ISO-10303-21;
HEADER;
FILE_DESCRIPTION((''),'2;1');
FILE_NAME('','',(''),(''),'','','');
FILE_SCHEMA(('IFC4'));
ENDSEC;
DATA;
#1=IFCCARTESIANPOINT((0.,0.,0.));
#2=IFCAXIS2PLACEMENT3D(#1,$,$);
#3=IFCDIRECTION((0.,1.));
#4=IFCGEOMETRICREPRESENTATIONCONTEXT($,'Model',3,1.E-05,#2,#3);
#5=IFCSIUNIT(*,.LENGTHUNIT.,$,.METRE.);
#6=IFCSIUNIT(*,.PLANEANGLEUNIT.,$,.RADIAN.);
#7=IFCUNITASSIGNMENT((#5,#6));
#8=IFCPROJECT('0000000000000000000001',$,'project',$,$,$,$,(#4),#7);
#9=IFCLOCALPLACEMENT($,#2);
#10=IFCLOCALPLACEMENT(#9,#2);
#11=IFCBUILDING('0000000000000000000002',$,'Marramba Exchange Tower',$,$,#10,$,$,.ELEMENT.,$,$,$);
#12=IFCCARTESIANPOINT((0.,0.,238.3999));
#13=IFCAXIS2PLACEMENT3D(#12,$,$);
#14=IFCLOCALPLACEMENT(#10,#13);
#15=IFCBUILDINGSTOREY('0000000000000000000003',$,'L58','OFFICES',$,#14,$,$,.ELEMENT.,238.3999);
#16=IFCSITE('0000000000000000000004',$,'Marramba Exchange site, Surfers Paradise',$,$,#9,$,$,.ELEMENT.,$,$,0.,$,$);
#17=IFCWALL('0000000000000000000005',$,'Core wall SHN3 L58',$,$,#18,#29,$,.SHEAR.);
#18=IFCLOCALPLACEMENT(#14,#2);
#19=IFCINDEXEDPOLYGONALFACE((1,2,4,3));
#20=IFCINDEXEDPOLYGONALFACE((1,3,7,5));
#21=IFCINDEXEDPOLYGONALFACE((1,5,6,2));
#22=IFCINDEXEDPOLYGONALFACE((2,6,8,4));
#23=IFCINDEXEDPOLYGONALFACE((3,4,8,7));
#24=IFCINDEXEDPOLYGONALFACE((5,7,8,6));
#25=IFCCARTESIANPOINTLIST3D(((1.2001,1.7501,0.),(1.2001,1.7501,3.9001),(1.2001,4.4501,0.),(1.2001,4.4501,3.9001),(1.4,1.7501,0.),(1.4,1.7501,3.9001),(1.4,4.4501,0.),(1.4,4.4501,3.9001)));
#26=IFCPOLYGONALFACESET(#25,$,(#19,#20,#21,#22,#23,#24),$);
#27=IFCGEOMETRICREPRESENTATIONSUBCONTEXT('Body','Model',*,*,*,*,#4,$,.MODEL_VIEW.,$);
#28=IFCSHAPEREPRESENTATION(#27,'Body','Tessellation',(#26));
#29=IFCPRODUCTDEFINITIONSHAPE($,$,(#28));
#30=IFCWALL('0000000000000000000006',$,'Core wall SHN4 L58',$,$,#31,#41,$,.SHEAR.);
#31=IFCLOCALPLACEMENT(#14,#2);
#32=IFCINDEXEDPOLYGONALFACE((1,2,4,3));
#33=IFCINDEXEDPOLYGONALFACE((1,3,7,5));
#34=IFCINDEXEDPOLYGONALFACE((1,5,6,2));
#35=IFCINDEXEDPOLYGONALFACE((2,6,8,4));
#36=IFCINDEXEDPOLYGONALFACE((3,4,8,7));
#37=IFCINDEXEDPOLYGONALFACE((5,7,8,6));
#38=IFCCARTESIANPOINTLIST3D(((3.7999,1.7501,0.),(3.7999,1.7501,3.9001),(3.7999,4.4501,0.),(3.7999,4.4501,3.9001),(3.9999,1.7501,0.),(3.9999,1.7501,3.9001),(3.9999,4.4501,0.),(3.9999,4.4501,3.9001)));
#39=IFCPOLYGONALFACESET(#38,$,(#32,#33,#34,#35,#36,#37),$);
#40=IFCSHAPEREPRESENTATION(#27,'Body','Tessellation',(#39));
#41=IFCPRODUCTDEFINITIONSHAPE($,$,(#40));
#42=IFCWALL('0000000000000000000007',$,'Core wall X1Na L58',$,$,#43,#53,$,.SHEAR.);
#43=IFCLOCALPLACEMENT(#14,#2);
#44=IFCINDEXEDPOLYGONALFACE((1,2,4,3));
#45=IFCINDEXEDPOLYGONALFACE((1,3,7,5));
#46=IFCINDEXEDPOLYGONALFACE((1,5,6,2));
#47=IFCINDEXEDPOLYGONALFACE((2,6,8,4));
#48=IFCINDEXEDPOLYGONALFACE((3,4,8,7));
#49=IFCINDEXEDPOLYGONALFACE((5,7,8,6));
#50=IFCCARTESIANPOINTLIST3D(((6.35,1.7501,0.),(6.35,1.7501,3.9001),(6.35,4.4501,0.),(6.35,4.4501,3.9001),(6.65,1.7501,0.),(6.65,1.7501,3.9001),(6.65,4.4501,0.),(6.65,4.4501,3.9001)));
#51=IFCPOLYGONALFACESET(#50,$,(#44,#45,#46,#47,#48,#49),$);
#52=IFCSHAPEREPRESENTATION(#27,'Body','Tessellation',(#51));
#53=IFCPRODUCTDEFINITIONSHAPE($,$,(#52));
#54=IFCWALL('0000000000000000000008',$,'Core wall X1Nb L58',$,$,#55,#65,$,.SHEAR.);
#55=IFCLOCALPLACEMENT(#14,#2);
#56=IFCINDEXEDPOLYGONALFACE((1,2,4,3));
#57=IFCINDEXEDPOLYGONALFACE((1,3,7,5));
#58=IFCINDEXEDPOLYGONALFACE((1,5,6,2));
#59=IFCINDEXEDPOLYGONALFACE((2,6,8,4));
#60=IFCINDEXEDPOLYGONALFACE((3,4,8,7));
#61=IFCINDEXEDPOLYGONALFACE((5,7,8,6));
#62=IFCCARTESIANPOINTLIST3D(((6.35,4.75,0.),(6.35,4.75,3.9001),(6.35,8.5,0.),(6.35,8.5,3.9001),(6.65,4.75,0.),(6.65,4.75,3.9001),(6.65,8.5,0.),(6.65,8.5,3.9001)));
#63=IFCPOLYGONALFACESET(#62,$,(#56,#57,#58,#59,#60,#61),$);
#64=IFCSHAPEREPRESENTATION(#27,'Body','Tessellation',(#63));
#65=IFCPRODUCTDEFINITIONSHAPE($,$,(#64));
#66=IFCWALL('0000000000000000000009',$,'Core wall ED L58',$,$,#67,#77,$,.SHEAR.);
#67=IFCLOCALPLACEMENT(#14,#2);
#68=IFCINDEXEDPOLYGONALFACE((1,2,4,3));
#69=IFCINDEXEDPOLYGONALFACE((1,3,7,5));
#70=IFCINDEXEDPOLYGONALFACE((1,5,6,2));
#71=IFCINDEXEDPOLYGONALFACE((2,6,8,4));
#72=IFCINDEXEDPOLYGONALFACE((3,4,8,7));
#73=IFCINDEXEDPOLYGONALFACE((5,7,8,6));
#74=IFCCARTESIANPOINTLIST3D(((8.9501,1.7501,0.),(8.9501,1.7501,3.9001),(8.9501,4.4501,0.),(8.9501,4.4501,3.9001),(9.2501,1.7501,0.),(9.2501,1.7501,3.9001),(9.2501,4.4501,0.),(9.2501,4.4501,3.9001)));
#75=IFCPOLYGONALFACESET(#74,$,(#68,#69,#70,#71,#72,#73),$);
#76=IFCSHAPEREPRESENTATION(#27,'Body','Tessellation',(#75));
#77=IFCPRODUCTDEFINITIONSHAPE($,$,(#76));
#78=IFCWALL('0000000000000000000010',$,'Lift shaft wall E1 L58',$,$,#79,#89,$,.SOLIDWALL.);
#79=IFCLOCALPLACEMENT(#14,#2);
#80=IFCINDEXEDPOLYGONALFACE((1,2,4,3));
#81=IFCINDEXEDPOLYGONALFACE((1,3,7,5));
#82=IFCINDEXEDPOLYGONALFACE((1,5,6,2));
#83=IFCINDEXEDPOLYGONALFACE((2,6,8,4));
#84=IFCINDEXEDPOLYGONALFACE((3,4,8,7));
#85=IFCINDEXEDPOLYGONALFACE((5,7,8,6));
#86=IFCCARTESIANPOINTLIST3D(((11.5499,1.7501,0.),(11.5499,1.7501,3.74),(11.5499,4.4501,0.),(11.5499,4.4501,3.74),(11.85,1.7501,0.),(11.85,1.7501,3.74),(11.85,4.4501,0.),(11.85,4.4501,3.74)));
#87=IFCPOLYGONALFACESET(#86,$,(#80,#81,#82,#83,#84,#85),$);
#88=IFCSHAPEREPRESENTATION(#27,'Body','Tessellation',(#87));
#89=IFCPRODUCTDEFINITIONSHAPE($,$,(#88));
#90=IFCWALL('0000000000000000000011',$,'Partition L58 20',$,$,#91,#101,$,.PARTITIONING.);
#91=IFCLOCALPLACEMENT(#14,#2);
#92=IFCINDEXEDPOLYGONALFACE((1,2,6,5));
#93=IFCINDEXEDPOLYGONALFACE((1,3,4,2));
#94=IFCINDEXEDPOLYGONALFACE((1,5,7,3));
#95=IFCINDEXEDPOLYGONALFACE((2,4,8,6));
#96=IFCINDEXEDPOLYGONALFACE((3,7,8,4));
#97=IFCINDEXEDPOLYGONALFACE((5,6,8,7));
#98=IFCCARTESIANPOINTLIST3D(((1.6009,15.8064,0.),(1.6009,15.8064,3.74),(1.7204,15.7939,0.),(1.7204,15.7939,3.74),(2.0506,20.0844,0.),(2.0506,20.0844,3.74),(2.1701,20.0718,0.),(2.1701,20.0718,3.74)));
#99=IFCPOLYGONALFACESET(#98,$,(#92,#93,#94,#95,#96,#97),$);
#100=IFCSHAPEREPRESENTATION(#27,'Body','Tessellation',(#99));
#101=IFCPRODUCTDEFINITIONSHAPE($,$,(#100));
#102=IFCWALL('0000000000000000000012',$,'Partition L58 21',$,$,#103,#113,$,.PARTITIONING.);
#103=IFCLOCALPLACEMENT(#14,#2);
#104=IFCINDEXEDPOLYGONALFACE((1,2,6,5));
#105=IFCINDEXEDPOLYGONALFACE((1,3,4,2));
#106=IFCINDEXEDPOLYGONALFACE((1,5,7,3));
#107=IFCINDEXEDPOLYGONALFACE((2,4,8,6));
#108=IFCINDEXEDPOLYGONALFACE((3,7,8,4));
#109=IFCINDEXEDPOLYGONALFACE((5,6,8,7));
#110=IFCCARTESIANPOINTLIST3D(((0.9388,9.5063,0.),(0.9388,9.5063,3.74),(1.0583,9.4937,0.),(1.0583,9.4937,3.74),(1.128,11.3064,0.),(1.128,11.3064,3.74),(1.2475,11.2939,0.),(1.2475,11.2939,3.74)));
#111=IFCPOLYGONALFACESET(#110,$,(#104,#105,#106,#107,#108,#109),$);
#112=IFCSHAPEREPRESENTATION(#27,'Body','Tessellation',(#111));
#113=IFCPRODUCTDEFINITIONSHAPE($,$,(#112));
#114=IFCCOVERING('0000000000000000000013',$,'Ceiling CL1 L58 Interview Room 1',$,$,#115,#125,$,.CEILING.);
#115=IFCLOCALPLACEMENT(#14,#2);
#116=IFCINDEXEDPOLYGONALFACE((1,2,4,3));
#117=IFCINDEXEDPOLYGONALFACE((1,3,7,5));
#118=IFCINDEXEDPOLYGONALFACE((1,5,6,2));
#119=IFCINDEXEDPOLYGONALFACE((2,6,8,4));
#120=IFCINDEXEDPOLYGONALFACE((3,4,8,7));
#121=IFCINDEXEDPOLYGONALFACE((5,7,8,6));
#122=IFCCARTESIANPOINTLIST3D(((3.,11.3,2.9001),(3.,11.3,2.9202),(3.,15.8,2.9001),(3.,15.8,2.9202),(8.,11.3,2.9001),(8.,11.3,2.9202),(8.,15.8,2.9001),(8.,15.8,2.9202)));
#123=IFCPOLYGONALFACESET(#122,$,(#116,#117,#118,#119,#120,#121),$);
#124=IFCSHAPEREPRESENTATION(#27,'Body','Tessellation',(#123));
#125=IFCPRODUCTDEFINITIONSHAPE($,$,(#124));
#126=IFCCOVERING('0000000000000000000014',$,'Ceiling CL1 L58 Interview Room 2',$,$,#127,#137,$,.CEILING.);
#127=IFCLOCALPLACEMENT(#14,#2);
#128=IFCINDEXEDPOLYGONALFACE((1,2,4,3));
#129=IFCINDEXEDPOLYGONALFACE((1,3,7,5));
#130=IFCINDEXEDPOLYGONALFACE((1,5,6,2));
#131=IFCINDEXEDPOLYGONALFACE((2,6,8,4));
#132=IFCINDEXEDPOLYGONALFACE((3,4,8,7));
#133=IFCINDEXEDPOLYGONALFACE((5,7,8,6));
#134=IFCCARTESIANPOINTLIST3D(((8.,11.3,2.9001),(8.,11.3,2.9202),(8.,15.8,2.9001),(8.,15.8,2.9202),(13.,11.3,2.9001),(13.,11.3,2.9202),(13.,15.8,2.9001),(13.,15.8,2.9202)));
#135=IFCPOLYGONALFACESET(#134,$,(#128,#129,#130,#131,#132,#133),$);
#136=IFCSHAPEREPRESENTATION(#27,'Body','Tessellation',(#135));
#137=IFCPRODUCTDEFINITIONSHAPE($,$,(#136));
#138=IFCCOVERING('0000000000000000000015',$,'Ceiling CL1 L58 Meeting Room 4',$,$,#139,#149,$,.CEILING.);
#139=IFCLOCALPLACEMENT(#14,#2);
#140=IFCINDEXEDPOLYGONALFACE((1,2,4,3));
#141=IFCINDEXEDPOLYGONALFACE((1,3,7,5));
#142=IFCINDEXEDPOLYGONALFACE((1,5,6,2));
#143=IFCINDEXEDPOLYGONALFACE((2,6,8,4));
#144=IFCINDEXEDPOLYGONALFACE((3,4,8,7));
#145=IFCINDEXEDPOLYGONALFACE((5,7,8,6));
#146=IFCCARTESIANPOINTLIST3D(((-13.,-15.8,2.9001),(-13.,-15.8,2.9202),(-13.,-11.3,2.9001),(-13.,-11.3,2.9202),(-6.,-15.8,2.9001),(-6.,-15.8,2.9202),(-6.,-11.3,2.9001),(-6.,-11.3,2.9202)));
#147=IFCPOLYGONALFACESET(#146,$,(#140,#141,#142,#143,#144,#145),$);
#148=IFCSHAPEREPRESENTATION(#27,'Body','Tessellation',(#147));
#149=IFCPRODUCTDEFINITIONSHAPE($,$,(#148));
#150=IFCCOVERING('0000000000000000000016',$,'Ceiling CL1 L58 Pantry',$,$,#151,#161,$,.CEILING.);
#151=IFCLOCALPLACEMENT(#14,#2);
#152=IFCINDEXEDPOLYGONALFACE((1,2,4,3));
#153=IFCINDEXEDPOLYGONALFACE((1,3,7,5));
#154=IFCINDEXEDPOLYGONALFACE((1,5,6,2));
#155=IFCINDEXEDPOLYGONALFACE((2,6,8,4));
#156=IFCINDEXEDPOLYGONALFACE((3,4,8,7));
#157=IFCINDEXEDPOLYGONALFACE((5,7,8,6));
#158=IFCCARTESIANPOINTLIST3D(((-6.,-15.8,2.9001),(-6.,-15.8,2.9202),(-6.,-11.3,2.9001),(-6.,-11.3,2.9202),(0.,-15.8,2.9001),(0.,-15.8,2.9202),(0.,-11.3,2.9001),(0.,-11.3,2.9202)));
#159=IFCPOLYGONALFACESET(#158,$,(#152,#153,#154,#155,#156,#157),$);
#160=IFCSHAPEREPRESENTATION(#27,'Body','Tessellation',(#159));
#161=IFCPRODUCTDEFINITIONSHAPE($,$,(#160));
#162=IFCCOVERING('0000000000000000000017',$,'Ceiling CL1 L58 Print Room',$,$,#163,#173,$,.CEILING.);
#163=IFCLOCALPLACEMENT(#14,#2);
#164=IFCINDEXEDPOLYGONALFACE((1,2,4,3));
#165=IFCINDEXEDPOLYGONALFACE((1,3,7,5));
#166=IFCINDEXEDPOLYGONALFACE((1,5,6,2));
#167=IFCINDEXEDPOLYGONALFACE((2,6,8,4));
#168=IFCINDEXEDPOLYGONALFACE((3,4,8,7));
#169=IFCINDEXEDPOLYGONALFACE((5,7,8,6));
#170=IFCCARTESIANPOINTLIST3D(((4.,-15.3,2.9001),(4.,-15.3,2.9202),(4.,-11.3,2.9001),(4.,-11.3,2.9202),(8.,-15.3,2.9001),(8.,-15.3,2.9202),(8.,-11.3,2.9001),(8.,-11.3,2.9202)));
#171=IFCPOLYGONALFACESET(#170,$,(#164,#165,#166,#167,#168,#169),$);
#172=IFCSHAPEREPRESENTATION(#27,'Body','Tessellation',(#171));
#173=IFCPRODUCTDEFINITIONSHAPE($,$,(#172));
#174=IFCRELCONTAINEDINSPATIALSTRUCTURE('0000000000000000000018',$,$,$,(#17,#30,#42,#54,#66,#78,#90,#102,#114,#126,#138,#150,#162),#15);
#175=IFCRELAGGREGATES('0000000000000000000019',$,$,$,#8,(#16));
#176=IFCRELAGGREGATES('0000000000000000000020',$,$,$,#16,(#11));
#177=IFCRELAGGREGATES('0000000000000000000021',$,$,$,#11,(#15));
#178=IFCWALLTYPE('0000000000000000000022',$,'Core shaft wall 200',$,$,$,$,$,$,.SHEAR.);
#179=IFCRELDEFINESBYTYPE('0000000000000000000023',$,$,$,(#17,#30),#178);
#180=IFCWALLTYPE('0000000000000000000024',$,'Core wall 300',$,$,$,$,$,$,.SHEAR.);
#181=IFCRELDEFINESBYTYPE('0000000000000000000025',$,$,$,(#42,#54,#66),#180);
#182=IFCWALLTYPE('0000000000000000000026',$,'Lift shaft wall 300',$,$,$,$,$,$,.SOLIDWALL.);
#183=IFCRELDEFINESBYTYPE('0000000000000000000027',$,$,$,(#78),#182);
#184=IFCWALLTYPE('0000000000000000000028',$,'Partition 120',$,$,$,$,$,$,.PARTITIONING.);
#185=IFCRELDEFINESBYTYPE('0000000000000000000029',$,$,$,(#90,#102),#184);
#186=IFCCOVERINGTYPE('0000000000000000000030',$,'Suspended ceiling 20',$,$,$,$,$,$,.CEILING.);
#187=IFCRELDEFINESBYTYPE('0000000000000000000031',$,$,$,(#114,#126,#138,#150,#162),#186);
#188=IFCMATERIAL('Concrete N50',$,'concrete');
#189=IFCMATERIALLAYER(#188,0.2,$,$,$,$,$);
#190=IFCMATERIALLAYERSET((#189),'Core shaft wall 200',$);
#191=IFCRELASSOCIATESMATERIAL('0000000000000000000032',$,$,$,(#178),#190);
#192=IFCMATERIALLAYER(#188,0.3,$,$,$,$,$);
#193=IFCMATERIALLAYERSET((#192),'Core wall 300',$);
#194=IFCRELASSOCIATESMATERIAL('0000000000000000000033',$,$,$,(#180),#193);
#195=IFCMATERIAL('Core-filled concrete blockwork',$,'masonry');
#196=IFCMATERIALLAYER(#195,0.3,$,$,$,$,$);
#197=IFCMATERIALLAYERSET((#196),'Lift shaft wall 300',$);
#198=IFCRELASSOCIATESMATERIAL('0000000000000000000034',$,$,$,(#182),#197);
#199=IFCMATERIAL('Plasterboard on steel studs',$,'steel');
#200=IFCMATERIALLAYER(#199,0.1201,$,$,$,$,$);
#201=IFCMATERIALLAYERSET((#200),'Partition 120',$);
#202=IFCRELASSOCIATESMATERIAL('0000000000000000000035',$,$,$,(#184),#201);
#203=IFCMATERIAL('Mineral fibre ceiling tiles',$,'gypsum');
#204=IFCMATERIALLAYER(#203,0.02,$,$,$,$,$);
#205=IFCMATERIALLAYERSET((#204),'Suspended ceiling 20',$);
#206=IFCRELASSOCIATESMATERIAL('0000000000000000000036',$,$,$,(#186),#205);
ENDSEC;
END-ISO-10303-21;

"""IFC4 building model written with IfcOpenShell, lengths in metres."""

from ifc_helpers import new_model, si_unit, direction, frame, frame_2d, origin, place, context, subcontext, project, spatial, polyline, rectangle, outline, extrude, material, layer, layer_set, type_object, element, save


model = new_model("IFC4")

# Units and contexts
model_context = context("Model", 3, precision=1e-05, world=origin(), true_north=direction((0.0, 1.0)))
body_context = subcontext(model_context, "Body", "Model", "MODEL_VIEW")
ifc_project = project(units=[si_unit("LENGTHUNIT", "METRE"), si_unit("PLANEANGLEUNIT", "RADIAN")], contexts=[model_context])

# Site, building, storey
site_placement = place(None, origin())
site = spatial("IfcSite", under=ifc_project, at=site_placement, Name="Marramba Exchange site, Surfers Paradise", CompositionType="ELEMENT", RefElevation=0.0)
building_placement = place(site_placement, origin())
building = spatial("IfcBuilding", under=site, at=building_placement, Name="Marramba Exchange Tower", CompositionType="ELEMENT")
storey_placement = place(building_placement, frame((0.0, 0.0, 238.3999)))
storey = spatial("IfcBuildingStorey", under=building, at=storey_placement, Name="L58", Description="OFFICES", CompositionType="ELEMENT", Elevation=238.3999)

# Walls
ifc_material_1 = material(Name="Concrete N50", Category="concrete")
ifc_layer_1 = layer(ifc_material_1, 0.2)
ifc_layer_set_1 = layer_set([ifc_layer_1], Name="Core shaft wall 200")
wall_type_1 = type_object("IfcWallType", Name="Core shaft wall 200", PredefinedType="SHEAR", material=ifc_layer_set_1)
for number, where, z_axis, x_axis, name in (
    (1, (1.3, 1.75, 0.0), (0.0, 0.0, 1.0), (0.0, 1.0, 0.0), "Core wall SHN3 L58"),
    (2, (3.8999, 1.75, 0.0), (0.0, 0.0, 1.0), (0.0, 1.0, 0.0), "Core wall SHN4 L58"),
):
    element("IfcWall", number, at=place(storey_placement, frame(where, z_axis=z_axis, x_axis=x_axis)), inside=storey, type_object=wall_type_1, Name=name, PredefinedType="SHEAR", context=body_context, shape_type="SweptSolid", body=[
        extrude(rectangle(XDim=2.7, YDim=0.2, at=frame_2d((1.3501, 0.0))), origin(), (0.0, 0.0, 1.0), 3.9001),
    ])
ifc_layer_2 = layer(ifc_material_1, 0.3)
ifc_layer_set_2 = layer_set([ifc_layer_2], Name="Core wall 300")
wall_type_2 = type_object("IfcWallType", Name="Core wall 300", PredefinedType="SHEAR", material=ifc_layer_set_2)
wall_1_placement = place(storey_placement, frame((6.5, 1.75, 0.0), z_axis=(0.0, 0.0, 1.0), x_axis=(0.0, 1.0, 0.0)))
element("IfcWall", 3, at=wall_1_placement, inside=storey, type_object=wall_type_2, Name="Core wall X1Na L58", PredefinedType="SHEAR", context=body_context, shape_type="SweptSolid", body=[
    extrude(rectangle(XDim=2.7, YDim=0.3, at=frame_2d((1.3501, 0.0))), origin(), (0.0, 0.0, 1.0), 3.9001),
])
wall_2_placement = place(storey_placement, frame((6.5, 4.75, 0.0), z_axis=(0.0, 0.0, 1.0), x_axis=(0.0, 1.0, 0.0)))
element("IfcWall", 4, at=wall_2_placement, inside=storey, type_object=wall_type_2, Name="Core wall X1Nb L58", PredefinedType="SHEAR", context=body_context, shape_type="SweptSolid", body=[
    extrude(rectangle(XDim=3.75, YDim=0.3, at=frame_2d((1.875, 0.0))), origin(), (0.0, 0.0, 1.0), 3.9001),
])
wall_3_placement = place(storey_placement, frame((9.1001, 1.75, 0.0), z_axis=(0.0, 0.0, 1.0), x_axis=(0.0, 1.0, 0.0)))
element("IfcWall", 5, at=wall_3_placement, inside=storey, type_object=wall_type_2, Name="Core wall ED L58", PredefinedType="SHEAR", context=body_context, shape_type="SweptSolid", body=[
    extrude(rectangle(XDim=2.7, YDim=0.3, at=frame_2d((1.3501, 0.0))), origin(), (0.0, 0.0, 1.0), 3.9001),
])
ifc_material_2 = material(Name="Core-filled concrete blockwork", Category="masonry")
ifc_layer_3 = layer(ifc_material_2, 0.3)
ifc_layer_set_3 = layer_set([ifc_layer_3], Name="Lift shaft wall 300")
wall_type_3 = type_object("IfcWallType", Name="Lift shaft wall 300", PredefinedType="SOLIDWALL", material=ifc_layer_set_3)
wall_4_placement = place(storey_placement, frame((11.7, 1.75, 0.0), z_axis=(0.0, 0.0, 1.0), x_axis=(0.0, 1.0, 0.0)))
element("IfcWall", 6, at=wall_4_placement, inside=storey, type_object=wall_type_3, Name="Lift shaft wall E1 L58", PredefinedType="SOLIDWALL", context=body_context, shape_type="SweptSolid", body=[
    extrude(rectangle(XDim=2.7, YDim=0.3, at=frame_2d((1.3501, 0.0))), origin(), (0.0, 0.0, 1.0), 3.74),
])
ifc_material_3 = material(Name="Plasterboard on steel studs", Category="steel")
ifc_layer_4 = layer(ifc_material_3, 0.1201)
ifc_layer_set_4 = layer_set([ifc_layer_4], Name="Partition 120")
wall_type_4 = type_object("IfcWallType", Name="Partition 120", PredefinedType="PARTITIONING", material=ifc_layer_set_4)
wall_5_placement = place(storey_placement, frame((1.6606, 15.8, 0.0), z_axis=(0.0, 0.0, 1.0), x_axis=(0.104549, 0.99452, 0.0)))
element("IfcWall", 7, at=wall_5_placement, inside=storey, type_object=wall_type_4, Name="Partition L58 20", PredefinedType="PARTITIONING", context=body_context, shape_type="SweptSolid", body=[
    extrude(rectangle(XDim=4.3015, YDim=0.1201, at=frame_2d((2.1509, 0.0))), origin(), (0.0, 0.0, 1.0), 3.74),
])
wall_6_placement = place(storey_placement, frame((0.9985, 9.5, 0.0), z_axis=(0.0, 0.0, 1.0), x_axis=(0.104537, 0.994521, 0.0)))
element("IfcWall", 8, at=wall_6_placement, inside=storey, type_object=wall_type_4, Name="Partition L58 21", PredefinedType="PARTITIONING", context=body_context, shape_type="SweptSolid", body=[
    extrude(rectangle(XDim=1.8101, YDim=0.1201, at=frame_2d((0.905, 0.0))), origin(), (0.0, 0.0, 1.0), 3.74),
])

# Coverings
ifc_material_4 = material(Name="Mineral fibre ceiling tiles", Category="gypsum")
ifc_layer_5 = layer(ifc_material_4, 0.02)
ifc_layer_set_5 = layer_set([ifc_layer_5], Name="Suspended ceiling 20")
covering_type = type_object("IfcCoveringType", Name="Suspended ceiling 20", PredefinedType="CEILING", material=ifc_layer_set_5)
covering_1_placement = place(storey_placement, frame((0.0, 0.0, 2.9001)))
element("IfcCovering", 9, at=covering_1_placement, inside=storey, type_object=covering_type, Name="Ceiling CL1 L58 Interview Room 1", PredefinedType="CEILING", context=body_context, shape_type="SweptSolid", body=[
    extrude(outline(polyline([(8.0, 11.3), (3.0, 11.3), (3.0, 15.8), (8.0, 15.8), (8.0, 11.3)])), origin(), (0.0, 0.0, 1.0), 0.02),
])
covering_2_placement = place(storey_placement, frame((0.0, 0.0, 2.9001)))
element("IfcCovering", 10, at=covering_2_placement, inside=storey, type_object=covering_type, Name="Ceiling CL1 L58 Interview Room 2", PredefinedType="CEILING", context=body_context, shape_type="SweptSolid", body=[
    extrude(outline(polyline([(13.0, 11.3), (8.0, 11.3), (8.0, 15.8), (13.0, 15.8), (13.0, 11.3)])), origin(), (0.0, 0.0, 1.0), 0.02),
])
covering_3_placement = place(storey_placement, frame((0.0, 0.0, 2.9001)))
element("IfcCovering", 11, at=covering_3_placement, inside=storey, type_object=covering_type, Name="Ceiling CL1 L58 Meeting Room 4", PredefinedType="CEILING", context=body_context, shape_type="SweptSolid", body=[
    extrude(outline(polyline([(-6.0, -15.8), (-13.0, -15.8), (-13.0, -11.3), (-6.0, -11.3), (-6.0, -15.8)])), origin(), (0.0, 0.0, 1.0), 0.02),
])
covering_4_placement = place(storey_placement, frame((0.0, 0.0, 2.9001)))
element("IfcCovering", 12, at=covering_4_placement, inside=storey, type_object=covering_type, Name="Ceiling CL1 L58 Pantry", PredefinedType="CEILING", context=body_context, shape_type="SweptSolid", body=[
    extrude(outline(polyline([(0.0, -11.3), (0.0, -15.8), (-6.0, -15.8), (-6.0, -11.3), (0.0, -11.3)])), origin(), (0.0, 0.0, 1.0), 0.02),
])
covering_5_placement = place(storey_placement, frame((0.0, 0.0, 2.9001)))
element("IfcCovering", 13, at=covering_5_placement, inside=storey, type_object=covering_type, Name="Ceiling CL1 L58 Print Room", PredefinedType="CEILING", context=body_context, shape_type="SweptSolid", body=[
    extrude(outline(polyline([(8.0, -15.3), (4.0, -15.3), (4.0, -11.3), (8.0, -11.3), (8.0, -15.3)])), origin(), (0.0, 0.0, 1.0), 0.02),
])

save(model, "model.ifc")
